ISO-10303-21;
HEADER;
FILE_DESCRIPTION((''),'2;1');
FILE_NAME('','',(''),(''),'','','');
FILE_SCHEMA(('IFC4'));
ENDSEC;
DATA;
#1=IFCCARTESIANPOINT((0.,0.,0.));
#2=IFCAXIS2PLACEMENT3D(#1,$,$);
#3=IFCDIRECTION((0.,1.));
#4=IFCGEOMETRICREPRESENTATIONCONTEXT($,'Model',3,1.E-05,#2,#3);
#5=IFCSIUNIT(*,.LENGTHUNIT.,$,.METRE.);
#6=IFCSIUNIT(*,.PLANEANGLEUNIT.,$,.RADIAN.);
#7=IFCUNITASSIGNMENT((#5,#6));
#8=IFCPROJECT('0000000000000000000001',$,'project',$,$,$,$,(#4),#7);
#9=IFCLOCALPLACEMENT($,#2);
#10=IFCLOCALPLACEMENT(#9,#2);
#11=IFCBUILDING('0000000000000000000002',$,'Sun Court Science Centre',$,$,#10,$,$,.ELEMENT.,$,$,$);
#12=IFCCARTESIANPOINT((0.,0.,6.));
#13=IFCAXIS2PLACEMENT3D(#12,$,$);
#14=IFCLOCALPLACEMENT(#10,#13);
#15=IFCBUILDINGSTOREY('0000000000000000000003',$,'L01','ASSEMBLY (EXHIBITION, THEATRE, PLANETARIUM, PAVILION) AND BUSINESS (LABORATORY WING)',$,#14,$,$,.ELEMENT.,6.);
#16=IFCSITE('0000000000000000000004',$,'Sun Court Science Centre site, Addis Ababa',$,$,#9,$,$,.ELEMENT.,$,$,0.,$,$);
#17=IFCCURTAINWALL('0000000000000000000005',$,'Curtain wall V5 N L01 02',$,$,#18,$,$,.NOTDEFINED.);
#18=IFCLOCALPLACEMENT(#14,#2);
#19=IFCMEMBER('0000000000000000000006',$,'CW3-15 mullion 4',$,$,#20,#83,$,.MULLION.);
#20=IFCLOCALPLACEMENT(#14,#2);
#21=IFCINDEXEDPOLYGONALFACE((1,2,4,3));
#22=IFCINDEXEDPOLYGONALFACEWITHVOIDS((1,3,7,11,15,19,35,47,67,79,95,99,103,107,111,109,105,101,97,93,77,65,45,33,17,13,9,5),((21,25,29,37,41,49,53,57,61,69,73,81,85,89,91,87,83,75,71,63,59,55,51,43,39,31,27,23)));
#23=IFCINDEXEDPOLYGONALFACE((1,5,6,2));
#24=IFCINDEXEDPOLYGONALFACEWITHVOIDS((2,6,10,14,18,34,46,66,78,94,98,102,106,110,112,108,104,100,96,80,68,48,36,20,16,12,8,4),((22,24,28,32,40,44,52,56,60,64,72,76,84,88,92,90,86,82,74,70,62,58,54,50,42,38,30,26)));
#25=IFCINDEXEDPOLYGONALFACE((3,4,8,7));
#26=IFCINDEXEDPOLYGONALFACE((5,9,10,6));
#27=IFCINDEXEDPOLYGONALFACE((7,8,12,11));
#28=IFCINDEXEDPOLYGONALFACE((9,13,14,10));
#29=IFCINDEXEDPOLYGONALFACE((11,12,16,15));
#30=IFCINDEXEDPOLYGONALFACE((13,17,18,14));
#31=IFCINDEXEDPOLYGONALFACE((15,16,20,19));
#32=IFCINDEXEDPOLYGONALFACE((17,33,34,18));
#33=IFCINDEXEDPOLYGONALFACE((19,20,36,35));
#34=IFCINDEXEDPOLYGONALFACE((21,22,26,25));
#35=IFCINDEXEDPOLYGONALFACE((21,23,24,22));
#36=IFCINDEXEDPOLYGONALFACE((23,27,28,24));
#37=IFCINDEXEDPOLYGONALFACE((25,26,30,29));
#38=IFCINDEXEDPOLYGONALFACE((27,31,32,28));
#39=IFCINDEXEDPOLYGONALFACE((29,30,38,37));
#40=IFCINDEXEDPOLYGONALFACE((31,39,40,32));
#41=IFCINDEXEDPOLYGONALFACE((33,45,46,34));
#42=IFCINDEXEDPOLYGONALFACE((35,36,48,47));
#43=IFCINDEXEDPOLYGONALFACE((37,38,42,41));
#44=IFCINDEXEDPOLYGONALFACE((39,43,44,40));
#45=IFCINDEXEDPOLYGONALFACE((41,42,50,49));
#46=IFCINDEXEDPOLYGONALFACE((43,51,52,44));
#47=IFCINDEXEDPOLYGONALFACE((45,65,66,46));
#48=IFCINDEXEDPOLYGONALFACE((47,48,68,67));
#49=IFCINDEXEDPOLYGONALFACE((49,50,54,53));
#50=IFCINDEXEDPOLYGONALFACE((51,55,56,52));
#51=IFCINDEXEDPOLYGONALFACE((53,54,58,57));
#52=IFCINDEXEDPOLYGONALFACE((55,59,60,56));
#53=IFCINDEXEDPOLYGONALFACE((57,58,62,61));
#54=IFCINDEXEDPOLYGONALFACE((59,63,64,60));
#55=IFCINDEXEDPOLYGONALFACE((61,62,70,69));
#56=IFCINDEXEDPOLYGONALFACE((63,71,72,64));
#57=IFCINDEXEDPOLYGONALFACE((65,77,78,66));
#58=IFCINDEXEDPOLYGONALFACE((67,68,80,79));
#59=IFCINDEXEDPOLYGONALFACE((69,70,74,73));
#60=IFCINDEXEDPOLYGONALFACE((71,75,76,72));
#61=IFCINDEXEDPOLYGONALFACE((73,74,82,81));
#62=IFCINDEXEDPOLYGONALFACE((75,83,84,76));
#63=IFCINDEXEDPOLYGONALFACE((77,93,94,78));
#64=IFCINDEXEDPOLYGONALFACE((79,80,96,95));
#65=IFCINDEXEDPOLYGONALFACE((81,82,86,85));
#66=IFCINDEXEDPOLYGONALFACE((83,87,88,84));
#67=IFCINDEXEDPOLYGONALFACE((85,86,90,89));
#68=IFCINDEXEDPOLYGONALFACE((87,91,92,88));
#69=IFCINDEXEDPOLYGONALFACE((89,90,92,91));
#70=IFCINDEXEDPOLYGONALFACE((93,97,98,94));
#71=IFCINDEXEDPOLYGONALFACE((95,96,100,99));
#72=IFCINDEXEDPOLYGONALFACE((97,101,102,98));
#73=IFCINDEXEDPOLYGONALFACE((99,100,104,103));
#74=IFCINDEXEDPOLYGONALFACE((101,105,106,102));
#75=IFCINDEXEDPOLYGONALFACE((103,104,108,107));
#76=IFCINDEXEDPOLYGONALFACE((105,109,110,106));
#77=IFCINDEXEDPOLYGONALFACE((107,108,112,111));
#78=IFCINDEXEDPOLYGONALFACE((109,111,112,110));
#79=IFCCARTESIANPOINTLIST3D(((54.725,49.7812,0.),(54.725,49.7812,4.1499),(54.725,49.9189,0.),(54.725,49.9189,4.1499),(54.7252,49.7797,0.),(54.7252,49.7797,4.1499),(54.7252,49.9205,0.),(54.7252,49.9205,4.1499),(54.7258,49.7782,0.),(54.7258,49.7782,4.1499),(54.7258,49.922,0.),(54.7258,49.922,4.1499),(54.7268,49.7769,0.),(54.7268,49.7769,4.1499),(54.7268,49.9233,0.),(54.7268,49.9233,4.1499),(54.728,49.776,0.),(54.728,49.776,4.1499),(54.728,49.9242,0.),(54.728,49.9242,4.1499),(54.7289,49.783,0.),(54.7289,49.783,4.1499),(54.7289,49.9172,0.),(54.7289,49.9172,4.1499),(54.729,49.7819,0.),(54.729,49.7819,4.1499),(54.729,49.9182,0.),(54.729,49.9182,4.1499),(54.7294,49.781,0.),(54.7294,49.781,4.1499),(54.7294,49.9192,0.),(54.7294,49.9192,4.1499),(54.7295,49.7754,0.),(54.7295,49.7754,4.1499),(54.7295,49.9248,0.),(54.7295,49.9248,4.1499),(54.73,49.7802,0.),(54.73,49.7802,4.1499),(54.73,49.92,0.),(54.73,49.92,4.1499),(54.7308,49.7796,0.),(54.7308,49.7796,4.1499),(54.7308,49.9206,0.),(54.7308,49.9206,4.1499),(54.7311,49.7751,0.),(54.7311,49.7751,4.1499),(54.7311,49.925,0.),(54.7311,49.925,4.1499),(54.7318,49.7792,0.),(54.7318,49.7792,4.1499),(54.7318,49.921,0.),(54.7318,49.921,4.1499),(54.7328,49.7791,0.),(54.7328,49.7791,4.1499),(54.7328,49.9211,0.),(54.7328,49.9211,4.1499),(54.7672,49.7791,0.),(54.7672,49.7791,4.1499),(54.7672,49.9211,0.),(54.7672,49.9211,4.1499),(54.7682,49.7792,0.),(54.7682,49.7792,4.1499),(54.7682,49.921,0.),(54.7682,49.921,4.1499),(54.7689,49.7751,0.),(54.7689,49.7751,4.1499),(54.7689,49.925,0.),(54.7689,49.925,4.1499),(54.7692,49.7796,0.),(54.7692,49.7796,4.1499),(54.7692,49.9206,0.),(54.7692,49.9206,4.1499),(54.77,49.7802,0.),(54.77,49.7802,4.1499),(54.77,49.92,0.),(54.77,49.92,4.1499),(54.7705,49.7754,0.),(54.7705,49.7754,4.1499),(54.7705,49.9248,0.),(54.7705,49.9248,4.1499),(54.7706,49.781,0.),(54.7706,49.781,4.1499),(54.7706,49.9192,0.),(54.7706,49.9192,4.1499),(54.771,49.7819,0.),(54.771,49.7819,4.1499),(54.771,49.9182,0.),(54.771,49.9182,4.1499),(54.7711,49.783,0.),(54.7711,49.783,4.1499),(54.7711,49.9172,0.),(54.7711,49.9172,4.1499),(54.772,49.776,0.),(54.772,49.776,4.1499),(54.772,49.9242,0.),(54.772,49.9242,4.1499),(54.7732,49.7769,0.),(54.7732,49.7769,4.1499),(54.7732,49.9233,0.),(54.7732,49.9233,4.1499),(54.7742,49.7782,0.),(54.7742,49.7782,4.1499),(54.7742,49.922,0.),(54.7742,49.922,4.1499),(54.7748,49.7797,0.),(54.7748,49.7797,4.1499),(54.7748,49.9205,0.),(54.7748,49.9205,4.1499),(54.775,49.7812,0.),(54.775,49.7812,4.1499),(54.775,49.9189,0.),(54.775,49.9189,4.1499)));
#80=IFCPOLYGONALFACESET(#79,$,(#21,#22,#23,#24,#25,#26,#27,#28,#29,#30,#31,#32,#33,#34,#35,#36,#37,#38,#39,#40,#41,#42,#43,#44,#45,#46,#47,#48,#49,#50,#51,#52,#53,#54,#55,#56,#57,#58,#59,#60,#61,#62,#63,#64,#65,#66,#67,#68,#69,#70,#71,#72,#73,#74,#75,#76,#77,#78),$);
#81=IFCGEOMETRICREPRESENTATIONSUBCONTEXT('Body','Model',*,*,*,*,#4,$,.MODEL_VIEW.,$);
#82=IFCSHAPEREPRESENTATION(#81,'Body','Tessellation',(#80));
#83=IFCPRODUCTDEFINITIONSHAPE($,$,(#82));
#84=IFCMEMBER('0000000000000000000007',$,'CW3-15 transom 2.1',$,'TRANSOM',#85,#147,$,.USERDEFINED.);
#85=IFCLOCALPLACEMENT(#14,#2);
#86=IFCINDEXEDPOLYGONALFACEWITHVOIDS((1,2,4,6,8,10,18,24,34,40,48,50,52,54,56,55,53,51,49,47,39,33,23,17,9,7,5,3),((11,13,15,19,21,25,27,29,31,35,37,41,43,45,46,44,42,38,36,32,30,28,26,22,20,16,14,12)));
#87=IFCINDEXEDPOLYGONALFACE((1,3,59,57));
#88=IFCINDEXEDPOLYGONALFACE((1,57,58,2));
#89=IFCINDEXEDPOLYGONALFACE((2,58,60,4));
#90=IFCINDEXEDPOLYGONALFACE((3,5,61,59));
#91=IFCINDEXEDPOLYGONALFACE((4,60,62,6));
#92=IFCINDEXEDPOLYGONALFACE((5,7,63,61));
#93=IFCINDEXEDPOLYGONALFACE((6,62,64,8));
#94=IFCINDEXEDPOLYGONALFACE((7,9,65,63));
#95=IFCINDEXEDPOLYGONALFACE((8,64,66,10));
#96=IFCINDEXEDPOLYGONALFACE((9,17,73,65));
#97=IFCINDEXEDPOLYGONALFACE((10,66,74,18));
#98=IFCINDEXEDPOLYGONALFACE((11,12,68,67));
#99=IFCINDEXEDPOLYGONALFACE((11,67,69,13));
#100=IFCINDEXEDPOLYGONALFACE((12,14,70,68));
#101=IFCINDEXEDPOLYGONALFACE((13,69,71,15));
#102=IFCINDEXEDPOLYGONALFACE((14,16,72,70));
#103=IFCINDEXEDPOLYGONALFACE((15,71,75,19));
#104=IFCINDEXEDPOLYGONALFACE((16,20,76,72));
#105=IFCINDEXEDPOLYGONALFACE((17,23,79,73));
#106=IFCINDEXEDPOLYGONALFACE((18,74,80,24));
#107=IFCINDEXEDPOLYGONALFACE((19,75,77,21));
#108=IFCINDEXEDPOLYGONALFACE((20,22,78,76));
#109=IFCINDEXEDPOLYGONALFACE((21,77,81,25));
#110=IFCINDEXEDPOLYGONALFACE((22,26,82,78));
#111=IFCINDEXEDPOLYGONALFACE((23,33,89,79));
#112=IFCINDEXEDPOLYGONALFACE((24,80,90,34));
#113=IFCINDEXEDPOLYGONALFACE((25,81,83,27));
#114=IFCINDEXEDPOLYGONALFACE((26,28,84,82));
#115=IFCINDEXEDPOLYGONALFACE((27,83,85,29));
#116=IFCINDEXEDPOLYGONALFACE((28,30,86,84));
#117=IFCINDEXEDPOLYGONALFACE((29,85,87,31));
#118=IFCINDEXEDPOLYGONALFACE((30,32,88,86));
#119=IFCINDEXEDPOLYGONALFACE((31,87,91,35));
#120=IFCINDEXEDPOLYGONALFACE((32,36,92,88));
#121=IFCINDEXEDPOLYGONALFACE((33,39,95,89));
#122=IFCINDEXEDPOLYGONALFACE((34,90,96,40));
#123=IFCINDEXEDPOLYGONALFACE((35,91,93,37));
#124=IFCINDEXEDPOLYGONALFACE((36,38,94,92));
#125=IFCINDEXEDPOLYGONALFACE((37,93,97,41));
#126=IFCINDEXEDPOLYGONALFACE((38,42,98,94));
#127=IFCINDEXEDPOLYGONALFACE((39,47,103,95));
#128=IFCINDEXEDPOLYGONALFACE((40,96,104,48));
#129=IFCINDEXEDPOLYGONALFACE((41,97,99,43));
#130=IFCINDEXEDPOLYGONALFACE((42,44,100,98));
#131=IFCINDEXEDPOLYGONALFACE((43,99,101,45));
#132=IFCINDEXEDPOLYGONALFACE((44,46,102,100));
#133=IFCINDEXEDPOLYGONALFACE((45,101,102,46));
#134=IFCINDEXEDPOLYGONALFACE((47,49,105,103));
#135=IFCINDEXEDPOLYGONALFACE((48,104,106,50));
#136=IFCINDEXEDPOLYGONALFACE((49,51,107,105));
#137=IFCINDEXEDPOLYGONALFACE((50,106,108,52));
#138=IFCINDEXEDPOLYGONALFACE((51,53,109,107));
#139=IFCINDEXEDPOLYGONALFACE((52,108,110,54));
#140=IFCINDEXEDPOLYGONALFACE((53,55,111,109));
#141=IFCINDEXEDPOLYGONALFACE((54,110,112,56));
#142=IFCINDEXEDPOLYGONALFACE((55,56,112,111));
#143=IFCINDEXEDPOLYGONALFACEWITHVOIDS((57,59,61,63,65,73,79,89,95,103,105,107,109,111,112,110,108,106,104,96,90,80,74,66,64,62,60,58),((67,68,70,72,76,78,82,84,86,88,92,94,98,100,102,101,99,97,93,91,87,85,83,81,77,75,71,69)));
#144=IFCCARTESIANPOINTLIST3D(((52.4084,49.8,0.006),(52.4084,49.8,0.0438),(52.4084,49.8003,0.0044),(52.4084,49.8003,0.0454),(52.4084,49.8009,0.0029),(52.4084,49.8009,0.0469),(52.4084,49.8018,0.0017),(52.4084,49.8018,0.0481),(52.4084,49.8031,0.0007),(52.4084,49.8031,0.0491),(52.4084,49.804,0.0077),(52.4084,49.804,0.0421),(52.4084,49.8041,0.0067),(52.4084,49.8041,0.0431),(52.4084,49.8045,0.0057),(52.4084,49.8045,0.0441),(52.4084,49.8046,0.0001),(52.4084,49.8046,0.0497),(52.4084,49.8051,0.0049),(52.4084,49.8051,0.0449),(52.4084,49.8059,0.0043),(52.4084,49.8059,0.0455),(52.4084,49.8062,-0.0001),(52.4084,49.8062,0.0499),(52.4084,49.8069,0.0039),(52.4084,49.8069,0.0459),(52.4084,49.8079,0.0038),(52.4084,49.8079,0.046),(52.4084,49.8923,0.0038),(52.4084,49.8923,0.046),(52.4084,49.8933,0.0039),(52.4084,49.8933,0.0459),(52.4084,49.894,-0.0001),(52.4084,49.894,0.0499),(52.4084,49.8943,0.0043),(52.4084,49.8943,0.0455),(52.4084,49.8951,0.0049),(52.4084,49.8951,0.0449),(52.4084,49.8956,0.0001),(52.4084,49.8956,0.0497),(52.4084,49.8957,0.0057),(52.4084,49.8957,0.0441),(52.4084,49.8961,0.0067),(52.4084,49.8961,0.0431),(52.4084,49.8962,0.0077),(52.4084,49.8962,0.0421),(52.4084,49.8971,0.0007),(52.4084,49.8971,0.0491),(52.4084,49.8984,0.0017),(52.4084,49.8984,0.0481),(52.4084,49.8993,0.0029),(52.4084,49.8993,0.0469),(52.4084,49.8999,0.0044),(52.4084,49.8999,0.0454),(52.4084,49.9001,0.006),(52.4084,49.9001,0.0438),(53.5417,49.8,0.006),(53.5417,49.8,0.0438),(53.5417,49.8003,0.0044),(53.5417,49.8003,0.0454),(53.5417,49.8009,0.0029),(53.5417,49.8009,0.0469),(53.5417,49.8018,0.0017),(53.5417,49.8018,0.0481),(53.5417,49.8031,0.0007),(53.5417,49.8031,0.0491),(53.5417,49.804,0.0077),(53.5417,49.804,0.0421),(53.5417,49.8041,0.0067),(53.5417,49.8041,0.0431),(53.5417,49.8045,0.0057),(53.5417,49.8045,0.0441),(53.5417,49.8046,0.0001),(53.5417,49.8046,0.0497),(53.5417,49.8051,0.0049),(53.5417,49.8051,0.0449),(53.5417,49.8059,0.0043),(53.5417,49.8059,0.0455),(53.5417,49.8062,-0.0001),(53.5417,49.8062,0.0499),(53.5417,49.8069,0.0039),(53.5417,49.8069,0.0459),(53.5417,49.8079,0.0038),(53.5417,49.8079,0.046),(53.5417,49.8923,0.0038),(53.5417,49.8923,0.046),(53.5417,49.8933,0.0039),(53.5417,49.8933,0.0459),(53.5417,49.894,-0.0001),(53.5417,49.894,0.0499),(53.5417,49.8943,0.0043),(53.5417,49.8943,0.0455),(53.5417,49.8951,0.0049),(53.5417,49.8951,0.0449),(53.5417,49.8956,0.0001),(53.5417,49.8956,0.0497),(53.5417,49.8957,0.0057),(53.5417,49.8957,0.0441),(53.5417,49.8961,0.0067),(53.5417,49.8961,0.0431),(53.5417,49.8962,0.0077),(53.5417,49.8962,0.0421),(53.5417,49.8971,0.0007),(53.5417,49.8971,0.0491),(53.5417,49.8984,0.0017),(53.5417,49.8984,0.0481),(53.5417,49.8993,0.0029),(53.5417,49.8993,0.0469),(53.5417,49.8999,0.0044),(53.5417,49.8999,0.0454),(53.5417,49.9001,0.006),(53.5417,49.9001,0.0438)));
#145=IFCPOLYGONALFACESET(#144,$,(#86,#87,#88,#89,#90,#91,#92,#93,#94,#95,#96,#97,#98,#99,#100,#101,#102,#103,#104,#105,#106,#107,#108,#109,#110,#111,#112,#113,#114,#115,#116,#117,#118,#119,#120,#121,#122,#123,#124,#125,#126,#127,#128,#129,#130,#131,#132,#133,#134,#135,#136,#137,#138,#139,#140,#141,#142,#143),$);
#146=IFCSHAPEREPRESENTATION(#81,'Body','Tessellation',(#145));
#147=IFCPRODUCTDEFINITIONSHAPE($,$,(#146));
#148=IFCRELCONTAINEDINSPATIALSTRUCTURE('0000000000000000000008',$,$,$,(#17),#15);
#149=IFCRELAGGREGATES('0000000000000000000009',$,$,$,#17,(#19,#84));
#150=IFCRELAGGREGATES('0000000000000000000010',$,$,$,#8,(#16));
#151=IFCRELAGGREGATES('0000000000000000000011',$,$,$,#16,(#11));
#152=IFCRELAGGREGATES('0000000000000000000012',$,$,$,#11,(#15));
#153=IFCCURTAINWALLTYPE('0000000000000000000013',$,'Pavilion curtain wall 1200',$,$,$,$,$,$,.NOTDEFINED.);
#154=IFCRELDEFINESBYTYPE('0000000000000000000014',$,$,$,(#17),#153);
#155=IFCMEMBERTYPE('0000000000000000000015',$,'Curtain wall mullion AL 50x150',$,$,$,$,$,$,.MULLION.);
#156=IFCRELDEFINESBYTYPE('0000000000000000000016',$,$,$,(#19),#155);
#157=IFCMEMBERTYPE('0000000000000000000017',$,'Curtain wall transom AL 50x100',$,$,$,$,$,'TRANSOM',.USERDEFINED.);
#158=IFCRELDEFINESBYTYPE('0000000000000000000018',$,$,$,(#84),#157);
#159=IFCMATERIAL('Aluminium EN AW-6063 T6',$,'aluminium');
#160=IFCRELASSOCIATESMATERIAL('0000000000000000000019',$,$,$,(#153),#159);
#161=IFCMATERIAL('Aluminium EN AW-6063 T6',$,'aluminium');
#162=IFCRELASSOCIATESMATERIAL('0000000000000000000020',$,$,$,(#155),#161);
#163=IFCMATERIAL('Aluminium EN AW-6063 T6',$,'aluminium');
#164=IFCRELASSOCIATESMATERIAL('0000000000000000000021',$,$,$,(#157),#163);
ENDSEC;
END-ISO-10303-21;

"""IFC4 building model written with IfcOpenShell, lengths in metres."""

from ifc_helpers import new_model, si_unit, direction, frame, origin, origin_2d, place, context, subcontext, project, spatial, hollow_rectangle, extrude, material, material_profile, profile_set, type_object, element, aggregate, save


model = new_model("IFC4")

# Units and contexts
model_context = context("Model", 3, precision=1e-05, world=origin(), true_north=direction((0.0, 1.0)))
body_context = subcontext(model_context, "Body", "Model", "MODEL_VIEW")
ifc_project = project(units=[si_unit("LENGTHUNIT", "METRE"), si_unit("PLANEANGLEUNIT", "RADIAN")], contexts=[model_context])

# Site, building, storey
site_placement = place(None, origin())
site = spatial("IfcSite", under=ifc_project, at=site_placement, Name="Sun Court Science Centre site, Addis Ababa", CompositionType="ELEMENT", RefElevation=0.0)
building_placement = place(site_placement, origin())
building = spatial("IfcBuilding", under=site, at=building_placement, Name="Sun Court Science Centre", CompositionType="ELEMENT")
storey_placement = place(building_placement, frame((0.0, 0.0, 6.0)))
storey = spatial("IfcBuildingStorey", under=building, at=storey_placement, Name="L01", Description="ASSEMBLY (EXHIBITION, THEATRE, PLANETARIUM, PAVILION) AND BUSINESS (LABORATORY WING)", CompositionType="ELEMENT", Elevation=6.0)

# Curtain wall, members
ifc_material_1 = material(Name="Aluminium EN AW-6063 T6", Category="aluminium")
curtain_wall_type = type_object("IfcCurtainWallType", Name="Pavilion curtain wall 1200", PredefinedType="NOTDEFINED", material=ifc_material_1)
curtain_wall_placement = place(storey_placement, origin())
curtain_wall = element("IfcCurtainWall", 1, at=curtain_wall_placement, inside=storey, type_object=curtain_wall_type, Name="Curtain wall V5 N L01 02", PredefinedType="NOTDEFINED")
ifc_material_2 = material(Name="Aluminium EN AW-6063 T6", Category="aluminium")
ifc_material_profile_1 = material_profile(ifc_material_2, hollow_rectangle(XDim=0.05, YDim=0.1499, WallThickness=0.0039, InnerFilletRadius=0.0039, OuterFilletRadius=0.0061, at=origin_2d()), Name="AL 50x150x4")
ifc_profile_set_1 = profile_set([ifc_material_profile_1], Name="Aluminium EN AW-6063 T6")
member_type_1 = type_object("IfcMemberType", Name="Curtain wall mullion AL 50x150", PredefinedType="MULLION", material=ifc_profile_set_1)
member_1_placement = place(storey_placement, frame((54.75, 49.8501, 0.0), z_axis=(0.0, 0.0, 1.0), x_axis=(1.0, 0.0, 0.0)))
member_1 = element("IfcMember", 2, at=member_1_placement, type_object=member_type_1, Name="CW3-15 mullion 4", PredefinedType="MULLION", context=body_context, shape_type="SweptSolid", body=[
    extrude(hollow_rectangle(XDim=0.05, YDim=0.1499, WallThickness=0.0039, InnerFilletRadius=0.0039, OuterFilletRadius=0.0061, at=origin_2d()), origin(), (0.0, 0.0, 1.0), 4.1499),
])
ifc_material_3 = material(Name="Aluminium EN AW-6063 T6", Category="aluminium")
ifc_material_profile_2 = material_profile(ifc_material_3, hollow_rectangle(XDim=0.05, YDim=0.1001, WallThickness=0.0039, InnerFilletRadius=0.0039, OuterFilletRadius=0.0061, at=origin_2d()), Name="AL 50x100x4")
ifc_profile_set_2 = profile_set([ifc_material_profile_2], Name="Aluminium EN AW-6063 T6")
member_type_2 = type_object("IfcMemberType", Name="Curtain wall transom AL 50x100", ElementType="TRANSOM", PredefinedType="USERDEFINED", material=ifc_profile_set_2)
member_2_placement = place(storey_placement, frame((52.4084, 49.8501, 0.0249), z_axis=(1.0, 0.0, 0.0), x_axis=(0.0, 0.0, 1.0)))
member_2 = element("IfcMember", 3, at=member_2_placement, type_object=member_type_2, Name="CW3-15 transom 2.1", ObjectType="TRANSOM", PredefinedType="USERDEFINED", context=body_context, shape_type="SweptSolid", body=[
    extrude(hollow_rectangle(XDim=0.05, YDim=0.1001, WallThickness=0.0039, InnerFilletRadius=0.0039, OuterFilletRadius=0.0061, at=origin_2d()), origin(), (0.0, 0.0, 1.0), 1.1333),
])
aggregate(curtain_wall, [member_1, member_2])

save(model, "model.ifc")
